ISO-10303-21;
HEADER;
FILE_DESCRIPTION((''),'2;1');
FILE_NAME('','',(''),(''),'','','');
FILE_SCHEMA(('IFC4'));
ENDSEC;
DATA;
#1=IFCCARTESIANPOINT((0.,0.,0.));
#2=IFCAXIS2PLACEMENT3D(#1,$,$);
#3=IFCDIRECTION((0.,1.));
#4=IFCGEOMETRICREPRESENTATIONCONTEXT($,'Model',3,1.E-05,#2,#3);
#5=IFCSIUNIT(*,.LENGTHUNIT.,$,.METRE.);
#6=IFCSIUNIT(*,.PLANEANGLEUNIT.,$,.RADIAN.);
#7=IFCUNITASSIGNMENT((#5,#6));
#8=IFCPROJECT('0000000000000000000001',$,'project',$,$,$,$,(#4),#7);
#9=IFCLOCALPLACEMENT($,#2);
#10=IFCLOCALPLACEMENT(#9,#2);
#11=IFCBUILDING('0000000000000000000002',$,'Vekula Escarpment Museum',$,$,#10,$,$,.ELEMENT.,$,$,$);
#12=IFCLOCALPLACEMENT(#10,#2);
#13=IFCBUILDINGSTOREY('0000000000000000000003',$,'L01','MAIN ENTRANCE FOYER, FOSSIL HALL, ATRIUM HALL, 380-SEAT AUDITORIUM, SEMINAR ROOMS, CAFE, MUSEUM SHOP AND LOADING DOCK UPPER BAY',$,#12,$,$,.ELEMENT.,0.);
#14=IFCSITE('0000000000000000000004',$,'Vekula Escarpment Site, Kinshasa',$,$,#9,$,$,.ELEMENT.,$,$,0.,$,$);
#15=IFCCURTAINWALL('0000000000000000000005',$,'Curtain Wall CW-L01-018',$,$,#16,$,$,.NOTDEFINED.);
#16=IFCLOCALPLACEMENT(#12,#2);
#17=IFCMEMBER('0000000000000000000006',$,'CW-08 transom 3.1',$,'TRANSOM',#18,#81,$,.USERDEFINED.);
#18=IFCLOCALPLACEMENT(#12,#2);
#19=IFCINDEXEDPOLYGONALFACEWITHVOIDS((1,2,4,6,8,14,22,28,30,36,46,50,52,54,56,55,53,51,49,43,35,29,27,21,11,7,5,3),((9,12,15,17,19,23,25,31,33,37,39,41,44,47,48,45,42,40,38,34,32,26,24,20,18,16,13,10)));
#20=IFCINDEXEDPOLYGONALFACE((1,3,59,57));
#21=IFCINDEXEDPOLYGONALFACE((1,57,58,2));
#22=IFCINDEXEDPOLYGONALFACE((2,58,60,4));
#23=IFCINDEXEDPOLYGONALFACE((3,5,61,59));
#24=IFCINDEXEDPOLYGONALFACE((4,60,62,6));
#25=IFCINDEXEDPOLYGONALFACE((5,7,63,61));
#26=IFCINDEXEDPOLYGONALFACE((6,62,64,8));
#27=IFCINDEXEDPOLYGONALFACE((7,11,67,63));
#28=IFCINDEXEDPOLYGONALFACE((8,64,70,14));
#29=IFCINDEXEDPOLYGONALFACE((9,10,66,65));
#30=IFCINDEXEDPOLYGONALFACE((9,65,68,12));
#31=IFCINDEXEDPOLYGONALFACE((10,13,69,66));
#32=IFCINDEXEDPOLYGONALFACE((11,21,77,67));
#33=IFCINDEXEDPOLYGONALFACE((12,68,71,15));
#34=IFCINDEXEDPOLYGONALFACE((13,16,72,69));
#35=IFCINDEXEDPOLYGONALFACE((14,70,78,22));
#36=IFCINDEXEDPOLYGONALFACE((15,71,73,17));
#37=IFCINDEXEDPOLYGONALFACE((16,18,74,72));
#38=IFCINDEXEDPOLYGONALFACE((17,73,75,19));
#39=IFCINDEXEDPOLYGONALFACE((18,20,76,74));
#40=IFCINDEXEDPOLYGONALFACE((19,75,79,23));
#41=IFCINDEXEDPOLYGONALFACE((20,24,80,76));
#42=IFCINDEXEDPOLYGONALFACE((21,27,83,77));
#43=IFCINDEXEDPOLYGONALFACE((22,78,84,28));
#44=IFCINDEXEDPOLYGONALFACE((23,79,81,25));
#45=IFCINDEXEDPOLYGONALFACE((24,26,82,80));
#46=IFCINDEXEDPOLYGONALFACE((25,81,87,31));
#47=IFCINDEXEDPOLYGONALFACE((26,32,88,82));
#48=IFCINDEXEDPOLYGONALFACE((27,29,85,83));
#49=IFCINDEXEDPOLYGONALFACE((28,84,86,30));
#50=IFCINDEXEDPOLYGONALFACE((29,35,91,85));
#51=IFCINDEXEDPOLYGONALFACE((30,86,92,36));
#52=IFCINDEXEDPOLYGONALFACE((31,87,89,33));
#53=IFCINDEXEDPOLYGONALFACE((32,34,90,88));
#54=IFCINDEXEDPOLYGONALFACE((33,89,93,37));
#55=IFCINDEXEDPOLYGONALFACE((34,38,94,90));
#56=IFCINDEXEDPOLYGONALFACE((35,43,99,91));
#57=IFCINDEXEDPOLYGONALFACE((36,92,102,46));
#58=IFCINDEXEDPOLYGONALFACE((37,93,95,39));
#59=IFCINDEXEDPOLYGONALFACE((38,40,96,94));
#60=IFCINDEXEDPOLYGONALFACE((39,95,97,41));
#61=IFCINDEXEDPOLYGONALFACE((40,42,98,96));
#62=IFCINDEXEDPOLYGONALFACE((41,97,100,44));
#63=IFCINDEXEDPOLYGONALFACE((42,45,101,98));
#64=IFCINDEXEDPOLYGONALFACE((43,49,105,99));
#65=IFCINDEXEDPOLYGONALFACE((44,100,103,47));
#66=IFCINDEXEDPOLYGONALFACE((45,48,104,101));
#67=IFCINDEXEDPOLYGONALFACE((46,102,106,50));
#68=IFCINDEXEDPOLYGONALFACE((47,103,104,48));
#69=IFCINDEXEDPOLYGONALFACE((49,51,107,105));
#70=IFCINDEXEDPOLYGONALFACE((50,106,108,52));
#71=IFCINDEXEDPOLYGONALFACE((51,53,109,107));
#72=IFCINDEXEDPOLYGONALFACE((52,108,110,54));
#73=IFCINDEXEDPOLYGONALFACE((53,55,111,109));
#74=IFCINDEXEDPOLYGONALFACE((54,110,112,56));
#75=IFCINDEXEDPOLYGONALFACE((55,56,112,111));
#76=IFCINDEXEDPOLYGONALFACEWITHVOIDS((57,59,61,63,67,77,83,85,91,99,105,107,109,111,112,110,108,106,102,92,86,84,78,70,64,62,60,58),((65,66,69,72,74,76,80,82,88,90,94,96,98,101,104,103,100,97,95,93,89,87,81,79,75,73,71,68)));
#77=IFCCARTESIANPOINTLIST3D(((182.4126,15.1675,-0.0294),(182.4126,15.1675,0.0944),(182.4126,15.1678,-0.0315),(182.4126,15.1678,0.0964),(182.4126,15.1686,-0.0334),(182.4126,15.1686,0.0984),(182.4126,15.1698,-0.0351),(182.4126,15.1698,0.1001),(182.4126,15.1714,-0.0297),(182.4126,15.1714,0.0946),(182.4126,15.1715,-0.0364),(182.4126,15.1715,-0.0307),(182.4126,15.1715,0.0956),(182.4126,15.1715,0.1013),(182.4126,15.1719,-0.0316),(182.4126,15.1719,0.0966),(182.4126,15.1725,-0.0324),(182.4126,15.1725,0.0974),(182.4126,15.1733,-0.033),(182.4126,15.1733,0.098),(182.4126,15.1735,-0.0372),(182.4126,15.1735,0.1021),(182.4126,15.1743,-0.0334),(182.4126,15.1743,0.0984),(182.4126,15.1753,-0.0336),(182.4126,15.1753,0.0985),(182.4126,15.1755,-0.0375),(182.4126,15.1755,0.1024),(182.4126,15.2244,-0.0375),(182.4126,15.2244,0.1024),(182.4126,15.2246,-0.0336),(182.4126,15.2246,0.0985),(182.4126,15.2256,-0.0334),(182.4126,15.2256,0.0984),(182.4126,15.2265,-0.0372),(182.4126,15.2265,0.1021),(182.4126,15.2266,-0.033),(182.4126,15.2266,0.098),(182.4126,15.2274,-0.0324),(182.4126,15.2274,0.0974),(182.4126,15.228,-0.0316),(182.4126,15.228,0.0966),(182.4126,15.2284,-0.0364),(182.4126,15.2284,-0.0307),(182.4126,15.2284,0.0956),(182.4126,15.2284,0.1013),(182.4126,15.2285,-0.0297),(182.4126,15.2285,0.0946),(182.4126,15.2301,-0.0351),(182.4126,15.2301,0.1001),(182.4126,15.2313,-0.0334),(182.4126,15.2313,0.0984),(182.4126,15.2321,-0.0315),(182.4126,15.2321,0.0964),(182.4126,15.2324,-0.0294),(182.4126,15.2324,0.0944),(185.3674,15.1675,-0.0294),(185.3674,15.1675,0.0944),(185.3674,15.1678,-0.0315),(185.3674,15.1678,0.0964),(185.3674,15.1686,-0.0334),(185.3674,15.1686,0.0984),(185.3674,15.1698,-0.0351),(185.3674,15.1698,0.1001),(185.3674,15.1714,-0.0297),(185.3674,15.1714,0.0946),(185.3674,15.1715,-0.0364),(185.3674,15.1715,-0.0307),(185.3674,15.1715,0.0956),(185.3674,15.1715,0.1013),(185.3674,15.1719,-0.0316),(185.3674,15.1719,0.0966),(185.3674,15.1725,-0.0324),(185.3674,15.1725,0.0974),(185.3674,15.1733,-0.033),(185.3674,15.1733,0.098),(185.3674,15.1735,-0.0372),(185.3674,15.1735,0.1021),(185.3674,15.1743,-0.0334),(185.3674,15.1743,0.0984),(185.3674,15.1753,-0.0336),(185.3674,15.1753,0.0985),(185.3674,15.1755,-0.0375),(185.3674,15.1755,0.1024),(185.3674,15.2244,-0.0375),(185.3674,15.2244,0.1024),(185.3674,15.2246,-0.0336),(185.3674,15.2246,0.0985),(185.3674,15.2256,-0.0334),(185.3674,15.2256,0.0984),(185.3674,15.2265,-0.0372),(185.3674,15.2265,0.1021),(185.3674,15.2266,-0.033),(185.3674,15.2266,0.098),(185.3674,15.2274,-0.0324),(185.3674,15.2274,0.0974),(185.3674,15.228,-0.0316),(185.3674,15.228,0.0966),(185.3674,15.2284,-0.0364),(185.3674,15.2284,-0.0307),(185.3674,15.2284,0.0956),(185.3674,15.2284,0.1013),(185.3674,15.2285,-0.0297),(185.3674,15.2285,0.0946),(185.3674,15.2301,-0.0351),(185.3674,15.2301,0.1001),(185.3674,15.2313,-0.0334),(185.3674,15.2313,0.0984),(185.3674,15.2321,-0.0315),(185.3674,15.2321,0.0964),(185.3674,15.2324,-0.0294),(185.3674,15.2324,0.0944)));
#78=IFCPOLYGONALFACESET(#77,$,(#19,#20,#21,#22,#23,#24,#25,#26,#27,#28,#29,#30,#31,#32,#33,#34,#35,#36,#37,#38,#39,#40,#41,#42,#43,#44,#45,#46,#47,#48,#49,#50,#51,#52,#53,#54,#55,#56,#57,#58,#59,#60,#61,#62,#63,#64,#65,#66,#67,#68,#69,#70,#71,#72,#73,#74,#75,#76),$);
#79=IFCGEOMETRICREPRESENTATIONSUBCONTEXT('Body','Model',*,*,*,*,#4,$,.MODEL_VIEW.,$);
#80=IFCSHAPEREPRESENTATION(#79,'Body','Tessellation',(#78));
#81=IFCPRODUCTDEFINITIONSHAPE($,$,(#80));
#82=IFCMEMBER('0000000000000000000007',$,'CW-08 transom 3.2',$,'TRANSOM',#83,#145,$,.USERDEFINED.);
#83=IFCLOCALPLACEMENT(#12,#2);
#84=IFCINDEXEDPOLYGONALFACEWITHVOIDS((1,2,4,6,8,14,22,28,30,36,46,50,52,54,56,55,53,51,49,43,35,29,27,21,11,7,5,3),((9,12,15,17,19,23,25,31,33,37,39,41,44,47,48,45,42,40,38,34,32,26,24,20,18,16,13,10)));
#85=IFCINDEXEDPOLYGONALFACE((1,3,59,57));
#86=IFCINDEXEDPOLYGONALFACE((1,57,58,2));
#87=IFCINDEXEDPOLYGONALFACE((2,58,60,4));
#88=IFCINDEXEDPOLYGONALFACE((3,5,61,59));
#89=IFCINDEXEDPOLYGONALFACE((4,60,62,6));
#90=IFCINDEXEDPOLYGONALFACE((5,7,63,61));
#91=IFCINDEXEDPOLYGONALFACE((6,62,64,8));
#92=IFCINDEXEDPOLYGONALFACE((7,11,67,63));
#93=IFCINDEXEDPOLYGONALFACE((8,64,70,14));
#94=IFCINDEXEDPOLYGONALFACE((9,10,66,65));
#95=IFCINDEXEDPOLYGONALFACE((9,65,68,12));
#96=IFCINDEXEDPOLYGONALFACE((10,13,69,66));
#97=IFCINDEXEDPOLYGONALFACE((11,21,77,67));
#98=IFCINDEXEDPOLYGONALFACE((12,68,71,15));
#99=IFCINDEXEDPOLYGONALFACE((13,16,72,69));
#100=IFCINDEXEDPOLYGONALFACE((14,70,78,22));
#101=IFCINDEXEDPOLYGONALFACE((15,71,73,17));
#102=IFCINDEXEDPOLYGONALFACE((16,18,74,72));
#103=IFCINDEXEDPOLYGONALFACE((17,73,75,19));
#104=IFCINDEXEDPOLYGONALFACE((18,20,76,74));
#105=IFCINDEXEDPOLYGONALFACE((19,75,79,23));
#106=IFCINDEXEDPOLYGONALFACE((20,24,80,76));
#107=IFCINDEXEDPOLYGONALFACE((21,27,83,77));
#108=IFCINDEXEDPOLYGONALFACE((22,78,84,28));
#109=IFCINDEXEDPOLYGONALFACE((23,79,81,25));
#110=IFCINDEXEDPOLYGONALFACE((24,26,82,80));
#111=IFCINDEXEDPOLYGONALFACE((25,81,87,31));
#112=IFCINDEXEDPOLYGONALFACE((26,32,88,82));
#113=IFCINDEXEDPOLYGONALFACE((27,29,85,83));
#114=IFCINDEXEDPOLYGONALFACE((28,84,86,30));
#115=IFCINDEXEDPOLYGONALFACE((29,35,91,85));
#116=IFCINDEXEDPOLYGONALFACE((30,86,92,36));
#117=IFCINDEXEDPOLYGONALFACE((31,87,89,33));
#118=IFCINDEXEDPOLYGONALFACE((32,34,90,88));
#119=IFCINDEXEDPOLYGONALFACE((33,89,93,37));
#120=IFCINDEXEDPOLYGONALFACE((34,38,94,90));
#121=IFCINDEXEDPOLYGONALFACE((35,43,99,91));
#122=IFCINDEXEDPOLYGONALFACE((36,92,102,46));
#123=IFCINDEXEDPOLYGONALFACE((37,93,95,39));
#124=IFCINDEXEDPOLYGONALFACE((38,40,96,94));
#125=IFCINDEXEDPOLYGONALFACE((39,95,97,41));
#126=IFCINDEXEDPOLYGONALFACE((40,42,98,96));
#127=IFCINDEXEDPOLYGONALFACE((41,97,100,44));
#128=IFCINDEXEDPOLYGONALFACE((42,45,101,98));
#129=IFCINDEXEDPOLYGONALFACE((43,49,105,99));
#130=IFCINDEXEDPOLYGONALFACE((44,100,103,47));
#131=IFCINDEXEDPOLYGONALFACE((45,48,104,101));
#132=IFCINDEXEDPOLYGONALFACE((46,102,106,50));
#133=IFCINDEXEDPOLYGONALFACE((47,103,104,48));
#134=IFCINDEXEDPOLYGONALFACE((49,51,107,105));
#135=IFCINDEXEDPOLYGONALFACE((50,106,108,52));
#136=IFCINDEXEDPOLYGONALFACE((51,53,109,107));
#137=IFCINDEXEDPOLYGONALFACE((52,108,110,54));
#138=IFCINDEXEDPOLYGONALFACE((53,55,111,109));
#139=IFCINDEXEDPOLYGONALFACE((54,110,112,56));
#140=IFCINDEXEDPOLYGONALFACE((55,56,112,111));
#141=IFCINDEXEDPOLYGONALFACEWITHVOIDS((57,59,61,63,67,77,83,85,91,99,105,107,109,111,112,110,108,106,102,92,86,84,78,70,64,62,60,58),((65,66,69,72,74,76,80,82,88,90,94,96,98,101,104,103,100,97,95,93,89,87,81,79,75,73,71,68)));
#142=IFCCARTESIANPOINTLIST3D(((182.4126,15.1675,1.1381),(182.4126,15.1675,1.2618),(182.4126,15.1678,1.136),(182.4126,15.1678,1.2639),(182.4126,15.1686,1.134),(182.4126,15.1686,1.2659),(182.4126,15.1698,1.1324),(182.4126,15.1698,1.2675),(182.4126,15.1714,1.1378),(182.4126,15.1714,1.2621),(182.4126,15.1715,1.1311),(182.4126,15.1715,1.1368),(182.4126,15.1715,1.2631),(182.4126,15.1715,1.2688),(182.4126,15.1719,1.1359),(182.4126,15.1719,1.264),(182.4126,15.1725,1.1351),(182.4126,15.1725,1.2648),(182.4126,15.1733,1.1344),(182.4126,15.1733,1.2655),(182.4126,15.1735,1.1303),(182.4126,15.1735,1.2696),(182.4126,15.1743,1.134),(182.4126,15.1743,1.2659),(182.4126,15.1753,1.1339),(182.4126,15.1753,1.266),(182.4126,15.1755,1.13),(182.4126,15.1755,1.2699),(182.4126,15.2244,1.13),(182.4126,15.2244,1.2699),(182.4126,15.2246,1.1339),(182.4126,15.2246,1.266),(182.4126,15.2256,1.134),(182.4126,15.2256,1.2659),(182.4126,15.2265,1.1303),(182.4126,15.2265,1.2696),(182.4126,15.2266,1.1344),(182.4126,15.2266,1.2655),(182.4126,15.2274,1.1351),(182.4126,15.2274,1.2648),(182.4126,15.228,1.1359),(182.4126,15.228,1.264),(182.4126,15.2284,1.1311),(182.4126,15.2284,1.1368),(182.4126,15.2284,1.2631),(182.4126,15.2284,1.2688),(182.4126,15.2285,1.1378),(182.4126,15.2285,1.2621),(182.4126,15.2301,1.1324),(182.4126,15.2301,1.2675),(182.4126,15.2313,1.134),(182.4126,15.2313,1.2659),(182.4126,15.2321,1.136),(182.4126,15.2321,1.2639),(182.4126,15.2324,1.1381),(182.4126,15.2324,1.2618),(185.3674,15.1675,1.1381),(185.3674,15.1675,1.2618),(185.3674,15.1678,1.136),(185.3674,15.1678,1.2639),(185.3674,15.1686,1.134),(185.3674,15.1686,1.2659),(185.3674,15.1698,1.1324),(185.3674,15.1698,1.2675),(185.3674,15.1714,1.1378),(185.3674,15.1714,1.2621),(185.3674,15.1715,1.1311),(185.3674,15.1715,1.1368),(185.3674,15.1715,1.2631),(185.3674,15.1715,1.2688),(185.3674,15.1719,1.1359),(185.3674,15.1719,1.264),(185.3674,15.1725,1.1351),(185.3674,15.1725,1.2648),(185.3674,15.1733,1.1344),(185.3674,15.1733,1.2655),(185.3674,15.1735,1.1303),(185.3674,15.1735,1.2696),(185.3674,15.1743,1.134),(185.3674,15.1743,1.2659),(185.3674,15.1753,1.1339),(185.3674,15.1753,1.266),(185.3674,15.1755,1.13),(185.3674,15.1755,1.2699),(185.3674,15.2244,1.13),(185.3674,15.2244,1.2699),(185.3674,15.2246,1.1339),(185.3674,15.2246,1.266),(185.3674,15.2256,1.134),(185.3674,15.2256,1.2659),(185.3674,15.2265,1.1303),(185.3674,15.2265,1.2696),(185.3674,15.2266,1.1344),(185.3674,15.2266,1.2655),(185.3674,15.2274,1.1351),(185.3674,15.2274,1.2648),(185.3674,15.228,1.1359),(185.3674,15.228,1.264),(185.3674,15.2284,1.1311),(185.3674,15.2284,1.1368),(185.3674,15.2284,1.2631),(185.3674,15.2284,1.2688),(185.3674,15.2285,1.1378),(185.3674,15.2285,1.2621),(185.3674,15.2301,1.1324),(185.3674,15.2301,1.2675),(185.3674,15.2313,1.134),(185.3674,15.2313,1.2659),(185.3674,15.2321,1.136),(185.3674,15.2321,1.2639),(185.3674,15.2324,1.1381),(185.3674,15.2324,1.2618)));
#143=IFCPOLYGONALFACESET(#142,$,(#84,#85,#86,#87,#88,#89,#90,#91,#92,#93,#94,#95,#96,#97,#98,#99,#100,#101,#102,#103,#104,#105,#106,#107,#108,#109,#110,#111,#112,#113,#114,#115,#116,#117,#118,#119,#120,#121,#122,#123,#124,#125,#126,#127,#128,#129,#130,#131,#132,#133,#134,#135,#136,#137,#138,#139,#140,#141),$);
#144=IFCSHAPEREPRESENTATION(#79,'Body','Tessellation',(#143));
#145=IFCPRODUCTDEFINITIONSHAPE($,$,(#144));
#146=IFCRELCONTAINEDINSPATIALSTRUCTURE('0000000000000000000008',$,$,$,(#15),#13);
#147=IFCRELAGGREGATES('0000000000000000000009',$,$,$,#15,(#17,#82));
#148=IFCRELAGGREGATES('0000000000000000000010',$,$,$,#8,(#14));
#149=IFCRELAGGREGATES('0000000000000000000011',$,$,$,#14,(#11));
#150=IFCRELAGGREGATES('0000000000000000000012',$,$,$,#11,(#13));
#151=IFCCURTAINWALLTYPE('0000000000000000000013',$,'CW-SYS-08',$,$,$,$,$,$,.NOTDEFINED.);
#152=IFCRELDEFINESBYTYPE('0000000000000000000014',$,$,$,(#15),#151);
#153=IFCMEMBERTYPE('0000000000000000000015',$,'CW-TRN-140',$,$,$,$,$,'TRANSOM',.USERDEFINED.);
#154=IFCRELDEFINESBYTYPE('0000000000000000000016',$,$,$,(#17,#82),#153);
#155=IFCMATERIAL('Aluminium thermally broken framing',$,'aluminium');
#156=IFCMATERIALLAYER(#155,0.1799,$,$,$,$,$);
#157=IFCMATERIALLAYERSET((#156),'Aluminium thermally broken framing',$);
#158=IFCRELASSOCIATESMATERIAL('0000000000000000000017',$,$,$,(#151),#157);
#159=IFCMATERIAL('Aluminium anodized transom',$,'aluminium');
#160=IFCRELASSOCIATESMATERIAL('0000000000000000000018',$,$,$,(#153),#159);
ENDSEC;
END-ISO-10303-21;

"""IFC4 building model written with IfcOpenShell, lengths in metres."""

from ifc_helpers import new_model, si_unit, direction, frame, origin, origin_2d, place, context, subcontext, project, spatial, hollow_rectangle, extrude, material, layer, layer_set, material_profile, profile_set, type_object, element, aggregate, save


model = new_model("IFC4")

# Units and contexts
model_context = context("Model", 3, precision=1e-05, world=origin(), true_north=direction((0.0, 1.0)))
body_context = subcontext(model_context, "Body", "Model", "MODEL_VIEW")
ifc_project = project(units=[si_unit("LENGTHUNIT", "METRE"), si_unit("PLANEANGLEUNIT", "RADIAN")], contexts=[model_context])

# Site, building, storey
site_placement = place(None, origin())
site = spatial("IfcSite", under=ifc_project, at=site_placement, Name="Vekula Escarpment Site, Kinshasa", CompositionType="ELEMENT", RefElevation=0.0)
building_placement = place(site_placement, origin())
building = spatial("IfcBuilding", under=site, at=building_placement, Name="Vekula Escarpment Museum", CompositionType="ELEMENT")
storey_placement = place(building_placement, origin())
storey = spatial("IfcBuildingStorey", under=building, at=storey_placement, Name="L01", Description="MAIN ENTRANCE FOYER, FOSSIL HALL, ATRIUM HALL, 380-SEAT AUDITORIUM, SEMINAR ROOMS, CAFE, MUSEUM SHOP AND LOADING DOCK UPPER BAY", CompositionType="ELEMENT", Elevation=0.0)

# Curtain wall, members
ifc_material_1 = material(Name="Aluminium thermally broken framing", Category="aluminium")
ifc_layer_1 = layer(ifc_material_1, 0.1799)
ifc_layer_set_1 = layer_set([ifc_layer_1], Name="Aluminium thermally broken framing")
curtain_wall_type = type_object("IfcCurtainWallType", Name="CW-SYS-08", PredefinedType="NOTDEFINED", material=ifc_layer_set_1)
curtain_wall_placement = place(storey_placement, origin())
curtain_wall = element("IfcCurtainWall", 1, at=curtain_wall_placement, inside=storey, type_object=curtain_wall_type, Name="Curtain Wall CW-L01-018", PredefinedType="NOTDEFINED")
ifc_material_2 = material(Name="Aluminium anodized transom", Category="aluminium")
ifc_material_profile_1 = material_profile(ifc_material_2, hollow_rectangle(XDim=0.0649, YDim=0.1399, WallThickness=0.0039, InnerFilletRadius=0.0039, OuterFilletRadius=0.0081, at=origin_2d()), Name="ALU 140x65x4")
ifc_profile_set_1 = profile_set([ifc_material_profile_1], Name="Aluminium anodized transom")
member_type_1 = type_object("IfcMemberType", Name="CW-TRN-140", ElementType="TRANSOM", PredefinedType="USERDEFINED", material=ifc_profile_set_1)
member_1_placement = place(storey_placement, frame((185.3674, 15.2, 0.0325), z_axis=(-1.0, 0.0, 0.0), x_axis=(0.0, -1.0, 0.0)))
member_1 = element("IfcMember", 2, at=member_1_placement, type_object=member_type_1, Name="CW-08 transom 3.1", ObjectType="TRANSOM", PredefinedType="USERDEFINED", context=body_context, shape_type="SweptSolid", body=[
    extrude(hollow_rectangle(XDim=0.0649, YDim=0.1399, WallThickness=0.0039, InnerFilletRadius=0.0039, OuterFilletRadius=0.0081, at=origin_2d()), origin(), (0.0, 0.0, 1.0), 2.9548),
])
member_2_placement = place(storey_placement, frame((185.3674, 15.2, 1.2), z_axis=(-1.0, 0.0, 0.0), x_axis=(0.0, -1.0, 0.0)))
member_2 = element("IfcMember", 3, at=member_2_placement, type_object=member_type_1, Name="CW-08 transom 3.2", ObjectType="TRANSOM", PredefinedType="USERDEFINED", context=body_context, shape_type="SweptSolid", body=[
    extrude(hollow_rectangle(XDim=0.0649, YDim=0.1399, WallThickness=0.0039, InnerFilletRadius=0.0039, OuterFilletRadius=0.0081, at=origin_2d()), origin(), (0.0, 0.0, 1.0), 2.9548),
])
aggregate(curtain_wall, [member_1, member_2])

save(model, "model.ifc")
